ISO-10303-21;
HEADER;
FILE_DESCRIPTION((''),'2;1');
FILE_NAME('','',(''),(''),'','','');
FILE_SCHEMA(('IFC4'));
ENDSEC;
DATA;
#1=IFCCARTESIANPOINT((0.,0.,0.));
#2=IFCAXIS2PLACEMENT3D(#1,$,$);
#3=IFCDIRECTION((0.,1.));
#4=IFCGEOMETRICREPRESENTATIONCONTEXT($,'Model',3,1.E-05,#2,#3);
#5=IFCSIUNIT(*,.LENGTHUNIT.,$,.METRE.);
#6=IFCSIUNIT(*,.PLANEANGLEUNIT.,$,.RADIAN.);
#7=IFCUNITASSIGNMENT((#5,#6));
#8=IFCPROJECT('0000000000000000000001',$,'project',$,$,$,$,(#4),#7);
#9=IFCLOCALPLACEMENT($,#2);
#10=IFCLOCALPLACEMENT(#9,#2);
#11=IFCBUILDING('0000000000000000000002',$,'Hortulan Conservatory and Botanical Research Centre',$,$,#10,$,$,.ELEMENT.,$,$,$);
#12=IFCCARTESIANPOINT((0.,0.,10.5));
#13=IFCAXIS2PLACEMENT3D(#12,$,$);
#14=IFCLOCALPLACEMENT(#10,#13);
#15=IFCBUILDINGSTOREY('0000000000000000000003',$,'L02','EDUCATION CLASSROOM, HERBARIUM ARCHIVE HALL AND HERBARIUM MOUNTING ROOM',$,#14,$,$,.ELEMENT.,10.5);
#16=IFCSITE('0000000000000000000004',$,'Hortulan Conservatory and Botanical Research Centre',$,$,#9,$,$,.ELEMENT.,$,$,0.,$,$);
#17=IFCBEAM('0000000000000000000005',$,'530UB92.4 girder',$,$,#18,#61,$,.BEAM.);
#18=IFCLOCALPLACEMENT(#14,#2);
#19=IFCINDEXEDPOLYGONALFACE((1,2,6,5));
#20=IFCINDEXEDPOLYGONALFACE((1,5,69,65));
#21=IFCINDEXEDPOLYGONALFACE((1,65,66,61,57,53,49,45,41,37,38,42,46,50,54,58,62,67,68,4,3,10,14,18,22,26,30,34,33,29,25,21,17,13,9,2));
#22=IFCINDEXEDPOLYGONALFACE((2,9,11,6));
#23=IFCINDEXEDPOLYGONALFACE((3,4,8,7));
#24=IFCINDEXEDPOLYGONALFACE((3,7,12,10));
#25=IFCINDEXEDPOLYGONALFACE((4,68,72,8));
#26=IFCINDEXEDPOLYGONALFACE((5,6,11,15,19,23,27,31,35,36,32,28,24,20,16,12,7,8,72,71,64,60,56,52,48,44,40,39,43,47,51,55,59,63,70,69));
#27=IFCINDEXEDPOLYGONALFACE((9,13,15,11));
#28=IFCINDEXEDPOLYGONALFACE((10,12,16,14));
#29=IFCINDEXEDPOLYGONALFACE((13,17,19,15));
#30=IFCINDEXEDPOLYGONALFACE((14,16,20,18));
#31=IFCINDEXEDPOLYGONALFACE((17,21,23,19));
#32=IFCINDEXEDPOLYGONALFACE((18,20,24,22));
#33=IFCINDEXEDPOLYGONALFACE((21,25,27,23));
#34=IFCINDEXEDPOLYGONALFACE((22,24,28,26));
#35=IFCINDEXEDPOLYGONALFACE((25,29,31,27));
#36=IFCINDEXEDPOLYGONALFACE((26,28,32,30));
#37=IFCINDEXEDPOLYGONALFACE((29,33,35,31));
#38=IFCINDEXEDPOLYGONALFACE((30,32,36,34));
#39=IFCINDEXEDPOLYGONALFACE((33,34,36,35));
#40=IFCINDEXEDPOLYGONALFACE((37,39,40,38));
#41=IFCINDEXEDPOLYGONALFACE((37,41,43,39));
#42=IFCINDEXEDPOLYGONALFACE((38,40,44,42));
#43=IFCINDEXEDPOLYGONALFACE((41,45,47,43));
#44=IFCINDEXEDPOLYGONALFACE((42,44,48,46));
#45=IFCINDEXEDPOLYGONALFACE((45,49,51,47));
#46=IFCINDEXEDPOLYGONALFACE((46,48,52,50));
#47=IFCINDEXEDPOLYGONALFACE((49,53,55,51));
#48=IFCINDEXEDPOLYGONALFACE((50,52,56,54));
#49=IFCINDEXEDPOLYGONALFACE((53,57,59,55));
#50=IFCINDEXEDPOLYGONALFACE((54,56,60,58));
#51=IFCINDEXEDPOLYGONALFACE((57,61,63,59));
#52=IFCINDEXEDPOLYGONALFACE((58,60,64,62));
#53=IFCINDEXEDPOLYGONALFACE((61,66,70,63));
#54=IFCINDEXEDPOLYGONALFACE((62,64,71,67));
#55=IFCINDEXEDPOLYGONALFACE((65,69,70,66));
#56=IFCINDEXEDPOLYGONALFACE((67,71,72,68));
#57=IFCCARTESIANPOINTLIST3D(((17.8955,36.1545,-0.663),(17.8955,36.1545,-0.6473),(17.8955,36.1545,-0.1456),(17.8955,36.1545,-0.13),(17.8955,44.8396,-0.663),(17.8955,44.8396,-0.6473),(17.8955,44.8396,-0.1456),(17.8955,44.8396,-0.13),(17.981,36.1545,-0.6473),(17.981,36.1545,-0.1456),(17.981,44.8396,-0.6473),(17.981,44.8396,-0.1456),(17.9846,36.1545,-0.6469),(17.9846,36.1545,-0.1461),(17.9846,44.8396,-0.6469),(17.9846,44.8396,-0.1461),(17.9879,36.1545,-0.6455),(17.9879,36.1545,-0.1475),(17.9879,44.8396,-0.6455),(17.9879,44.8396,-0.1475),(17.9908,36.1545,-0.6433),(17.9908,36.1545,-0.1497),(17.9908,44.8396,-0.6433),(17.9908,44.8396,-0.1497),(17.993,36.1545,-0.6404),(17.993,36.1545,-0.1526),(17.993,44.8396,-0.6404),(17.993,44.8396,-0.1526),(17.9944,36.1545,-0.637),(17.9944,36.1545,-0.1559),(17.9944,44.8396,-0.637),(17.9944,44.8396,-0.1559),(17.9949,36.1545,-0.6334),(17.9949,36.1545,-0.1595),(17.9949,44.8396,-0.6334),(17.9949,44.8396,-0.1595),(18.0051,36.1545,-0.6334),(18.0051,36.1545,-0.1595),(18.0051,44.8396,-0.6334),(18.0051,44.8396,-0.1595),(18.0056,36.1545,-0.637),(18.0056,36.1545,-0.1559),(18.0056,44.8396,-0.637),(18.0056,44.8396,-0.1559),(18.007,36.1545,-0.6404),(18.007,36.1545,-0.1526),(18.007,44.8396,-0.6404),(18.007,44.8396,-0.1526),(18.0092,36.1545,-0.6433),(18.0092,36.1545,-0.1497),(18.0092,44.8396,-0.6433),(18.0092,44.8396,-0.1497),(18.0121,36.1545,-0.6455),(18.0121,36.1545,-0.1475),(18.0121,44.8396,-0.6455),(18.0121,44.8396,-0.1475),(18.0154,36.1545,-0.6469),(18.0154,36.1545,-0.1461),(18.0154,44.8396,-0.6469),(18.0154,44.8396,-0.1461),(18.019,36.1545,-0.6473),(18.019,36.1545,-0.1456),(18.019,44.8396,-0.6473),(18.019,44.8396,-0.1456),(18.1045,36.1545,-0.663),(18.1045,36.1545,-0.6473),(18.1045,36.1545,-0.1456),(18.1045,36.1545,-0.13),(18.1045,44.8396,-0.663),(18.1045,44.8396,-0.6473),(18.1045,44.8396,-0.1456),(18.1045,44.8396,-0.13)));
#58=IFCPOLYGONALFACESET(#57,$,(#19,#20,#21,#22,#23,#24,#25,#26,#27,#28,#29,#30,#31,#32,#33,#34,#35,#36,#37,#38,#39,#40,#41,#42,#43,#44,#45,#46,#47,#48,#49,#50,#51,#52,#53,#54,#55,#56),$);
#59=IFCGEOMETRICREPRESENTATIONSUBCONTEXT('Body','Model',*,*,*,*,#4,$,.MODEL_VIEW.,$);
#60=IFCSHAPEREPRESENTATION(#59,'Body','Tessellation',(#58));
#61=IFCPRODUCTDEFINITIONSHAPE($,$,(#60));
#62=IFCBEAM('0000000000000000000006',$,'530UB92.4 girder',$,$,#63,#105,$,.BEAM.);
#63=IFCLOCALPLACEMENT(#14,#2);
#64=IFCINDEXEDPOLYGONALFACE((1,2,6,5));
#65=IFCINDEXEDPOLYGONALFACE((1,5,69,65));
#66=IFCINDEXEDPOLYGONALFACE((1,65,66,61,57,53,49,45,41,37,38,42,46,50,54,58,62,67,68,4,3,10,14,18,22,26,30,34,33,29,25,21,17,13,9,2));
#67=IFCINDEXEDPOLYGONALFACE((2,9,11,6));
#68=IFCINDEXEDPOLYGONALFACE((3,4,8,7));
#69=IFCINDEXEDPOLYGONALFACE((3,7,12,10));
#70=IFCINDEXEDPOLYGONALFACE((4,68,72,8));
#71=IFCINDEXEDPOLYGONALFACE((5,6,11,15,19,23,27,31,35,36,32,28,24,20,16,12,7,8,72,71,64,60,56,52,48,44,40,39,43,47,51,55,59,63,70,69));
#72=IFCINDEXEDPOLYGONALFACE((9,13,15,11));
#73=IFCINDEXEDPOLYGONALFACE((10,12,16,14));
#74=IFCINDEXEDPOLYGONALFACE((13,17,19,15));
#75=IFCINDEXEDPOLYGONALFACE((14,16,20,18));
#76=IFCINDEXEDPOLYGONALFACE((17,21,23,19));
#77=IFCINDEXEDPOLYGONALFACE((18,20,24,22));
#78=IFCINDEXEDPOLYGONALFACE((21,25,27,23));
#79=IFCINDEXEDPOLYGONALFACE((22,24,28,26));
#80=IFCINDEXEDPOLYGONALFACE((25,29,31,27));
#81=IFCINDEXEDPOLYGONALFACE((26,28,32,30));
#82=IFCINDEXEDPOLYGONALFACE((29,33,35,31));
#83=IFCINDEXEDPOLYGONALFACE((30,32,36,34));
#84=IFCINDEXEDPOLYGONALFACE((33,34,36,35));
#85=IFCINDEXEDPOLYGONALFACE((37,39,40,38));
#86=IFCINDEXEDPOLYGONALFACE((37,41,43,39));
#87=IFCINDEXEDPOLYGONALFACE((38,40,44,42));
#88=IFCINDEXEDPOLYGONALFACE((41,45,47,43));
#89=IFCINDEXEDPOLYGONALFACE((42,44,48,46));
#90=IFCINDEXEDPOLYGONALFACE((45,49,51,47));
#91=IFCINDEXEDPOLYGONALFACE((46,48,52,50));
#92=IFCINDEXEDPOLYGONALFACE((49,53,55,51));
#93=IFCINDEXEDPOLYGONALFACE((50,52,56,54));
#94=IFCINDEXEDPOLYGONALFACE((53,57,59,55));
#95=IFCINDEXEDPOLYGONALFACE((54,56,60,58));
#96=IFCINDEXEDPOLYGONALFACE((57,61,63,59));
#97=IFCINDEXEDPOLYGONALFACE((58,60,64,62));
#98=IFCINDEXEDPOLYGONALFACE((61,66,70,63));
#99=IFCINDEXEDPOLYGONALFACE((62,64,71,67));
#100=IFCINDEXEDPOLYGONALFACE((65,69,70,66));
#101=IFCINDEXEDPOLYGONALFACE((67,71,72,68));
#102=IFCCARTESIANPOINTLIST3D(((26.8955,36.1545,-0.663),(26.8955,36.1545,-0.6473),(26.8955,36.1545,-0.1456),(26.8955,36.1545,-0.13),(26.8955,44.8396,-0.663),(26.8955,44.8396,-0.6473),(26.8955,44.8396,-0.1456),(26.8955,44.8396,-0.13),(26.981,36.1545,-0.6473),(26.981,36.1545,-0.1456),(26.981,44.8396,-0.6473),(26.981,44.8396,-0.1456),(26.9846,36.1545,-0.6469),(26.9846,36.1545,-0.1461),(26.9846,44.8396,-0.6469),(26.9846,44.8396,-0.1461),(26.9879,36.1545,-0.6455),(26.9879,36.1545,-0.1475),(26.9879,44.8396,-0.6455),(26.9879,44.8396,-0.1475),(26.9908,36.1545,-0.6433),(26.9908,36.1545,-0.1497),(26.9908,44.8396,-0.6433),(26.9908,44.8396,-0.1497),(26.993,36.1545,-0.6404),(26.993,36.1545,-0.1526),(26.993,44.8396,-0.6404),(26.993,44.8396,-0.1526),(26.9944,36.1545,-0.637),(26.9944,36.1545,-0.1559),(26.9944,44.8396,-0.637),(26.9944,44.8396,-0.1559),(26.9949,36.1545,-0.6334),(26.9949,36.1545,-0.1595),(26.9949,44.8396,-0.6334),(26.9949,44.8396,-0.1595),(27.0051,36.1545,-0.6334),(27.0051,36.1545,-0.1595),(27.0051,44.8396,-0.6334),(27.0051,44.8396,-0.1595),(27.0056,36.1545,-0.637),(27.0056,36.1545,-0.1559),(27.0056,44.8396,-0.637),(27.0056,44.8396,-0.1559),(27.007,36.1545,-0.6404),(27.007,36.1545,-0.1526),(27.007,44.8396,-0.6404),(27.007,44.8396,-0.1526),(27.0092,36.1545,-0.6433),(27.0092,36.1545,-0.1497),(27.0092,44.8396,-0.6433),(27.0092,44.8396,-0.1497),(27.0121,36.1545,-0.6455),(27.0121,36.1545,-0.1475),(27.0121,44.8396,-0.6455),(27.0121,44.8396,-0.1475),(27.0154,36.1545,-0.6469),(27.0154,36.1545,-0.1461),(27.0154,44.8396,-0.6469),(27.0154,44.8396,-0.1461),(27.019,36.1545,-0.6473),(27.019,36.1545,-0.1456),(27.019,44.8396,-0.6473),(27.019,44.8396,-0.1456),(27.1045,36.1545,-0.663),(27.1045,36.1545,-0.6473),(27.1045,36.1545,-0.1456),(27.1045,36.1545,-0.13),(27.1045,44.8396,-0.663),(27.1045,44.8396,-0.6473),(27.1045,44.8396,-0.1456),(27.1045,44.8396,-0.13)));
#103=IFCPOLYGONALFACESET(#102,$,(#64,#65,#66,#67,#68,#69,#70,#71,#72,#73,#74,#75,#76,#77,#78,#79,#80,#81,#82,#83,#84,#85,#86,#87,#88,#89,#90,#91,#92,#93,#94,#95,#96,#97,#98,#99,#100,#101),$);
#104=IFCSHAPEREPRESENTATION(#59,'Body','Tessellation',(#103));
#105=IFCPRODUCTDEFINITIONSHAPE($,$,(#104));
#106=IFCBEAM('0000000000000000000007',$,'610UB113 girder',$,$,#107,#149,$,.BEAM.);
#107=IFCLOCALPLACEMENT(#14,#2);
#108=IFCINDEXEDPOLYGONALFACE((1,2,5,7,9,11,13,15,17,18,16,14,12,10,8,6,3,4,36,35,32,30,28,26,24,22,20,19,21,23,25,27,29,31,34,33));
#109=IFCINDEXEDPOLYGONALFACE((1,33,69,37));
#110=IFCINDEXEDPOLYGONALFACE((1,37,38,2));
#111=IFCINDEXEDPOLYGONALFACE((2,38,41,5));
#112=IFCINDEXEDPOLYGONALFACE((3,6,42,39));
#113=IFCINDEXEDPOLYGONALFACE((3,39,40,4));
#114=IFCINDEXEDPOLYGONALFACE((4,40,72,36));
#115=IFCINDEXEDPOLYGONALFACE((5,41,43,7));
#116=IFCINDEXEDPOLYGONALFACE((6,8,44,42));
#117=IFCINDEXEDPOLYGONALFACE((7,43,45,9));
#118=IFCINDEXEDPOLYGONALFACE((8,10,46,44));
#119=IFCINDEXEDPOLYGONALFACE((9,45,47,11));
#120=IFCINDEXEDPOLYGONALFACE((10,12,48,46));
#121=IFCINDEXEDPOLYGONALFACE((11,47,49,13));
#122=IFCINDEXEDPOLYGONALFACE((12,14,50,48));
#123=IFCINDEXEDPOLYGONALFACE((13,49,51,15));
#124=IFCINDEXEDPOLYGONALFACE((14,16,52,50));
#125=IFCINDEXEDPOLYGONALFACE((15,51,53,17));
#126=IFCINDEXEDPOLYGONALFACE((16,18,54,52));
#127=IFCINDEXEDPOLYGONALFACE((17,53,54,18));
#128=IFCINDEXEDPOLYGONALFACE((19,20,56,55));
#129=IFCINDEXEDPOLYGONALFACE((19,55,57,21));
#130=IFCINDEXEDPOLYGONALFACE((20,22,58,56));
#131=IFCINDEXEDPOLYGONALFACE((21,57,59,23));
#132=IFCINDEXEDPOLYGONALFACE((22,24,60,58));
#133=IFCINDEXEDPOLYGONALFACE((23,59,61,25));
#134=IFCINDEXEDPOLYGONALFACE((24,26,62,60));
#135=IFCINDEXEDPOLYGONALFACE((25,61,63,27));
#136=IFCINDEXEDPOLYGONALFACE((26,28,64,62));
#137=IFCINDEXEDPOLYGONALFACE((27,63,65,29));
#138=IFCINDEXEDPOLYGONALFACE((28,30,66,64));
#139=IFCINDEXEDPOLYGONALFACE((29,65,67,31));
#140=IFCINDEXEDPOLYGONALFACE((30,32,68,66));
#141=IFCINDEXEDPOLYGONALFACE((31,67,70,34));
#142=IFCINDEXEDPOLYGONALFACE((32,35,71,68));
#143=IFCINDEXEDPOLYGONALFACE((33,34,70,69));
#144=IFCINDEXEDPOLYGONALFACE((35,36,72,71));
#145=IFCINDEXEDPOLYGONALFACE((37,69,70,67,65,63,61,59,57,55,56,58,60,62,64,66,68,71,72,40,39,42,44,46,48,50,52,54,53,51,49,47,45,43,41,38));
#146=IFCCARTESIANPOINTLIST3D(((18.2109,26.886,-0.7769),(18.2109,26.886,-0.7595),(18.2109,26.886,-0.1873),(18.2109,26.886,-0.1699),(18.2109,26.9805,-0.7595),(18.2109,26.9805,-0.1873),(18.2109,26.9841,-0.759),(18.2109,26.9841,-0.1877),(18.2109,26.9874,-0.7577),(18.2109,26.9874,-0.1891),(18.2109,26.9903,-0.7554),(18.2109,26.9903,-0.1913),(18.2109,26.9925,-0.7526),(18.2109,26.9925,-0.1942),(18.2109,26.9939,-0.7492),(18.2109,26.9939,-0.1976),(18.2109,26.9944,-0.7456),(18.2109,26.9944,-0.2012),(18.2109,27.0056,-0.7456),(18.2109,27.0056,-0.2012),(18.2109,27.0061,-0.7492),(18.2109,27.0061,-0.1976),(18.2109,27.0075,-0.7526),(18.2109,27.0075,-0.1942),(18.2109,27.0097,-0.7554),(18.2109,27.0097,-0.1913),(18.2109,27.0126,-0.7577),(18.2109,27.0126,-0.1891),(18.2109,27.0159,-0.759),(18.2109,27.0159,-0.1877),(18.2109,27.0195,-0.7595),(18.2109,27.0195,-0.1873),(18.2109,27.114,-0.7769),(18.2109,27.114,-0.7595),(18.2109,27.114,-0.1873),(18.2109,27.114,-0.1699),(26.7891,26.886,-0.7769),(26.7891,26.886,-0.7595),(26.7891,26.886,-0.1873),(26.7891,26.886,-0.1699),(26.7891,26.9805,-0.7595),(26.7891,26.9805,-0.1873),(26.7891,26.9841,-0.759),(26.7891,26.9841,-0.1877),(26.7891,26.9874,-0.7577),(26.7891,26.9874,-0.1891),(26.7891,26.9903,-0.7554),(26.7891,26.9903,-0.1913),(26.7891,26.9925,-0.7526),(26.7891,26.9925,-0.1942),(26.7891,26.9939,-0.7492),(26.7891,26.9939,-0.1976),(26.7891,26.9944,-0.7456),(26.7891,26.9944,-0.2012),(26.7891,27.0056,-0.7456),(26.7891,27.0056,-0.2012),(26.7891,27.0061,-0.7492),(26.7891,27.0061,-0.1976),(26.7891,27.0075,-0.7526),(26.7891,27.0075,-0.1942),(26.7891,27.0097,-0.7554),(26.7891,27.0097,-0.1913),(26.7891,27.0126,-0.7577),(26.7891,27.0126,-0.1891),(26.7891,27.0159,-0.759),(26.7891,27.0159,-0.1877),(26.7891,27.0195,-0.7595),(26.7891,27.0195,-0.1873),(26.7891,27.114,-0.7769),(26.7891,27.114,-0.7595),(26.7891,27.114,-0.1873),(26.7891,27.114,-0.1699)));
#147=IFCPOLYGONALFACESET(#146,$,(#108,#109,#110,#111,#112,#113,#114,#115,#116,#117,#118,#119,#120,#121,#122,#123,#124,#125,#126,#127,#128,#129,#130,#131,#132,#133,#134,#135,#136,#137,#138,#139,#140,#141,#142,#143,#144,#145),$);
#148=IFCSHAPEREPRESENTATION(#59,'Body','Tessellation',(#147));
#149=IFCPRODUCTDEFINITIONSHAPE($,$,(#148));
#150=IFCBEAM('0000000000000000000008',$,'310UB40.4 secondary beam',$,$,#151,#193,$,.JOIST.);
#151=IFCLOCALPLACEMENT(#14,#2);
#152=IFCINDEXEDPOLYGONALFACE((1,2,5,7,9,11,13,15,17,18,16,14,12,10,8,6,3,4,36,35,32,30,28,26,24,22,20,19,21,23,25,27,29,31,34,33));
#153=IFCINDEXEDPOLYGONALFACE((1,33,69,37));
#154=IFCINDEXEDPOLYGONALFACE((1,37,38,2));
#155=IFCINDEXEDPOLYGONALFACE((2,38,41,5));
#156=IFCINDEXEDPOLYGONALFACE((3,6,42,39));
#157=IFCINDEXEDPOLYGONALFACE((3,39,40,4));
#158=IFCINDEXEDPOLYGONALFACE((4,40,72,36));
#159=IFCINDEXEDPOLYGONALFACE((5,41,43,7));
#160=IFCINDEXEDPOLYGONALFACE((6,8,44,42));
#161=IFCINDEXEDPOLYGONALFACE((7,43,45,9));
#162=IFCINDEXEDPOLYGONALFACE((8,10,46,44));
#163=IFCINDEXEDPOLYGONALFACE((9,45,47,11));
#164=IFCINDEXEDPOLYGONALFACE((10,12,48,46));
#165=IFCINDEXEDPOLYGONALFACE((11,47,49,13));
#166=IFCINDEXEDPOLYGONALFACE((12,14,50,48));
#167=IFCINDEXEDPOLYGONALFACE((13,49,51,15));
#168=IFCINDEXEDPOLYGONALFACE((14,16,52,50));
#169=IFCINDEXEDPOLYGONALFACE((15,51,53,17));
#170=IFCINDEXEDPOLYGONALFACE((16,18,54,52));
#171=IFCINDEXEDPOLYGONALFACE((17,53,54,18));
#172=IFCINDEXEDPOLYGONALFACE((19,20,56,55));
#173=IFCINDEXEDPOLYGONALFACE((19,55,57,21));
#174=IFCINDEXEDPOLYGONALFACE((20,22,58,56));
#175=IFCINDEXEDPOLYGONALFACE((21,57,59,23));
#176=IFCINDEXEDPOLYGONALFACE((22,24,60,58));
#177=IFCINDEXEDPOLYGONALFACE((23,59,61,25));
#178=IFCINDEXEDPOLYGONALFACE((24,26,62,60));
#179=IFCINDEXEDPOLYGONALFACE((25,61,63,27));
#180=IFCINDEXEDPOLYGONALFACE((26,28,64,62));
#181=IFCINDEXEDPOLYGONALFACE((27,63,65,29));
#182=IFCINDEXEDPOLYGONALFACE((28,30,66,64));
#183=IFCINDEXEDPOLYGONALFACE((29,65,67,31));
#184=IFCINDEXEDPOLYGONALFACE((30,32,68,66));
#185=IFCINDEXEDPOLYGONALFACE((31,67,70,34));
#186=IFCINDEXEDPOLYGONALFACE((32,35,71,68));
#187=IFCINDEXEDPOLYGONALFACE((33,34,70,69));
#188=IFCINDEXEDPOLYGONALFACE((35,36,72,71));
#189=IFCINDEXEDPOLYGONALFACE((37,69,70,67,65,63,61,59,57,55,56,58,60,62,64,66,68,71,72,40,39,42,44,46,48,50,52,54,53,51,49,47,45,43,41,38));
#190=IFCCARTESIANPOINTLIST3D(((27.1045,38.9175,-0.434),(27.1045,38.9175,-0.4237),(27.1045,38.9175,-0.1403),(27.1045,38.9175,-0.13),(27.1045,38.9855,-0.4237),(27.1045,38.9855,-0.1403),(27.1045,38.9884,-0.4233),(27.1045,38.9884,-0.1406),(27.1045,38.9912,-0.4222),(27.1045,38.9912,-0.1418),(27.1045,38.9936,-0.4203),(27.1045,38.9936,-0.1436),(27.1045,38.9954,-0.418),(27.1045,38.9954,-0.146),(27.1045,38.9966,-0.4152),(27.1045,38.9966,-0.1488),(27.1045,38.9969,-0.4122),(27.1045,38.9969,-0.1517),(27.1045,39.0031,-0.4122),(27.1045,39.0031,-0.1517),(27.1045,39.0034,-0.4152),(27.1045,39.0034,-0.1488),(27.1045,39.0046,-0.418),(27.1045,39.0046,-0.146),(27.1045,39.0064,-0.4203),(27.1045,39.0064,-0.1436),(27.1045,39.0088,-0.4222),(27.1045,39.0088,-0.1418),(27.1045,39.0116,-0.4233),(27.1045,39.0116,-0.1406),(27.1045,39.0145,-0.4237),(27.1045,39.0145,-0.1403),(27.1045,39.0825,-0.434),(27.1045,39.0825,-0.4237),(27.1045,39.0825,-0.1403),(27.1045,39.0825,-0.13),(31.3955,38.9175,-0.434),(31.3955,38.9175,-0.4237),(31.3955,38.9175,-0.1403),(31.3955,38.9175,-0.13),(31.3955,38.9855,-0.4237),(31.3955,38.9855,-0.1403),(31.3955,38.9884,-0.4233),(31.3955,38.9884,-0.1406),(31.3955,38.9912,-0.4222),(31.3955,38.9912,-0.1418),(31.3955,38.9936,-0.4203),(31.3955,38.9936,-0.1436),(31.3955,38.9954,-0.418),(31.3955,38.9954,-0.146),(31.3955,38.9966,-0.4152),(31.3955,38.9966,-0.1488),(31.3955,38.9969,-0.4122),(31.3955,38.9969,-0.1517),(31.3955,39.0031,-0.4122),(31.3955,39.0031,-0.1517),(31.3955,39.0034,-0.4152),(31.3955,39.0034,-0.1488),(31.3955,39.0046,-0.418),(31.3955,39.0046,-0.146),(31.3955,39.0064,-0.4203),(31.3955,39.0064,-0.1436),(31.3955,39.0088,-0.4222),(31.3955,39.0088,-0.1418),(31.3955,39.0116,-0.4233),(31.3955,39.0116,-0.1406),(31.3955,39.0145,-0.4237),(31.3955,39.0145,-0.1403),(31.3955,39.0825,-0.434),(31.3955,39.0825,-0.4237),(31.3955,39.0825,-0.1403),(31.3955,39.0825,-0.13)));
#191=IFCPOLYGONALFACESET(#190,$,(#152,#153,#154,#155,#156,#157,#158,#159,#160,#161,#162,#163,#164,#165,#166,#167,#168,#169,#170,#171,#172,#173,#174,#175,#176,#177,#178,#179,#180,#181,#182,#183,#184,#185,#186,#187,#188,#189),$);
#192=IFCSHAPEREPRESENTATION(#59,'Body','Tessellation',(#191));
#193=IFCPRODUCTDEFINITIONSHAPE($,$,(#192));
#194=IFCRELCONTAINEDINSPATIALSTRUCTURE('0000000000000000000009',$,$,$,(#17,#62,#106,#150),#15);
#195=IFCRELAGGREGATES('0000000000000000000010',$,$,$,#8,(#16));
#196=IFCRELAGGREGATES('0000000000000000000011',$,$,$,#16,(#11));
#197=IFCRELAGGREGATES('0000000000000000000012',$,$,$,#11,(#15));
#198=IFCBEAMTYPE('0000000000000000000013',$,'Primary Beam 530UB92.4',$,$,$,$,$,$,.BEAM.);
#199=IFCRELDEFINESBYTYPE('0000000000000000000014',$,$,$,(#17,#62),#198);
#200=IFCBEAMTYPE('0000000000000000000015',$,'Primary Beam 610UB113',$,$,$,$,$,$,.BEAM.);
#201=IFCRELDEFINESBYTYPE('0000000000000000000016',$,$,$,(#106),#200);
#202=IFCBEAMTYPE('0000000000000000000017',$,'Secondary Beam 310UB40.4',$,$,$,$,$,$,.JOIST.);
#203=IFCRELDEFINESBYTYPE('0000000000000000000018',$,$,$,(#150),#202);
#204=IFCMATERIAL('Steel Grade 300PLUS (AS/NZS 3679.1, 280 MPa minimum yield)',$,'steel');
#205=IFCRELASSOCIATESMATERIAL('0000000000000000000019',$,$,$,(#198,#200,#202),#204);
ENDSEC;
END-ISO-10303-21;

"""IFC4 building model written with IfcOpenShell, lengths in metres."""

from ifc_helpers import new_model, si_unit, direction, frame, origin, origin_2d, place, context, subcontext, project, spatial, i_section, extrude, material, material_profile, profile_set, type_object, element, save


model = new_model("IFC4")

# Units and contexts
model_context = context("Model", 3, precision=1e-05, world=origin(), true_north=direction((0.0, 1.0)))
body_context = subcontext(model_context, "Body", "Model", "MODEL_VIEW")
ifc_project = project(units=[si_unit("LENGTHUNIT", "METRE"), si_unit("PLANEANGLEUNIT", "RADIAN")], contexts=[model_context])

# Site, building, storey
site_placement = place(None, origin())
site = spatial("IfcSite", under=ifc_project, at=site_placement, Name="Hortulan Conservatory and Botanical Research Centre", CompositionType="ELEMENT", RefElevation=0.0)
building_placement = place(site_placement, origin())
building = spatial("IfcBuilding", under=site, at=building_placement, Name="Hortulan Conservatory and Botanical Research Centre", CompositionType="ELEMENT")
storey_placement = place(building_placement, frame((0.0, 0.0, 10.5)))
storey = spatial("IfcBuildingStorey", under=building, at=storey_placement, Name="L02", Description="EDUCATION CLASSROOM, HERBARIUM ARCHIVE HALL AND HERBARIUM MOUNTING ROOM", CompositionType="ELEMENT", Elevation=10.5)

# Shared definitions
ifc_material_1 = material(Name="Steel Grade 300PLUS (AS/NZS 3679.1, 280 MPa minimum yield)", Category="steel")

# Beams
ifc_material_profile_1 = material_profile(ifc_material_1, i_section(OverallWidth=0.209, OverallDepth=0.533, WebThickness=0.0103, FlangeThickness=0.0156, FilletRadius=0.0139, at=origin_2d()), Name="530UB92.4")
ifc_profile_set_1 = profile_set([ifc_material_profile_1], Name="Steel Grade 300PLUS (AS/NZS 3679.1, 280 MPa minimum yield)")
beam_type_1 = type_object("IfcBeamType", Name="Primary Beam 530UB92.4", PredefinedType="BEAM", material=ifc_profile_set_1)
for number, where, z_axis, x_axis, name in (
    (1, (18.0, 36.1545, -0.3965), (0.0, 1.0, 0.0), (-1.0, 0.0, 0.0), "530UB92.4 girder"),
    (2, (27.0, 36.1545, -0.3965), (0.0, 1.0, 0.0), (-1.0, 0.0, 0.0), "530UB92.4 girder"),
):
    element("IfcBeam", number, at=place(storey_placement, frame(where, z_axis=z_axis, x_axis=x_axis)), inside=storey, type_object=beam_type_1, Name=name, PredefinedType="BEAM", context=body_context, shape_type="SweptSolid", body=[
        extrude(i_section(OverallWidth=0.209, OverallDepth=0.533, WebThickness=0.0103, FlangeThickness=0.0156, FilletRadius=0.0139, at=origin_2d()), origin(), (0.0, 0.0, 1.0), 8.6851),
    ])
ifc_material_profile_2 = material_profile(ifc_material_1, i_section(OverallWidth=0.228, OverallDepth=0.6069, WebThickness=0.0112, FlangeThickness=0.0173, FilletRadius=0.0139, at=origin_2d()), Name="610UB113")
ifc_profile_set_2 = profile_set([ifc_material_profile_2], Name="Steel Grade 300PLUS (AS/NZS 3679.1, 280 MPa minimum yield)")
beam_type_2 = type_object("IfcBeamType", Name="Primary Beam 610UB113", PredefinedType="BEAM", material=ifc_profile_set_2)
beam_1_placement = place(storey_placement, frame((18.2109, 27.0, -0.4734), z_axis=(1.0, 0.0, 0.0), x_axis=(0.0, 1.0, 0.0)))
element("IfcBeam", 3, at=beam_1_placement, inside=storey, type_object=beam_type_2, Name="610UB113 girder", PredefinedType="BEAM", context=body_context, shape_type="SweptSolid", body=[
    extrude(i_section(OverallWidth=0.228, OverallDepth=0.6069, WebThickness=0.0112, FlangeThickness=0.0173, FilletRadius=0.0139, at=origin_2d()), origin(), (0.0, 0.0, 1.0), 8.5781),
])
ifc_material_profile_3 = material_profile(ifc_material_1, i_section(OverallWidth=0.165, OverallDepth=0.304, WebThickness=0.0061, FlangeThickness=0.0103, FilletRadius=0.0115, at=origin_2d()), Name="310UB40.4")
ifc_profile_set_3 = profile_set([ifc_material_profile_3], Name="Steel Grade 300PLUS (AS/NZS 3679.1, 280 MPa minimum yield)")
beam_type_3 = type_object("IfcBeamType", Name="Secondary Beam 310UB40.4", PredefinedType="JOIST", material=ifc_profile_set_3)
beam_2_placement = place(storey_placement, frame((27.1045, 39.0, -0.282), z_axis=(1.0, 0.0, 0.0), x_axis=(0.0, 1.0, 0.0)))
element("IfcBeam", 4, at=beam_2_placement, inside=storey, type_object=beam_type_3, Name="310UB40.4 secondary beam", PredefinedType="JOIST", context=body_context, shape_type="SweptSolid", body=[
    extrude(i_section(OverallWidth=0.165, OverallDepth=0.304, WebThickness=0.0061, FlangeThickness=0.0103, FilletRadius=0.0115, at=origin_2d()), origin(), (0.0, 0.0, 1.0), 4.291),
])

save(model, "model.ifc")
